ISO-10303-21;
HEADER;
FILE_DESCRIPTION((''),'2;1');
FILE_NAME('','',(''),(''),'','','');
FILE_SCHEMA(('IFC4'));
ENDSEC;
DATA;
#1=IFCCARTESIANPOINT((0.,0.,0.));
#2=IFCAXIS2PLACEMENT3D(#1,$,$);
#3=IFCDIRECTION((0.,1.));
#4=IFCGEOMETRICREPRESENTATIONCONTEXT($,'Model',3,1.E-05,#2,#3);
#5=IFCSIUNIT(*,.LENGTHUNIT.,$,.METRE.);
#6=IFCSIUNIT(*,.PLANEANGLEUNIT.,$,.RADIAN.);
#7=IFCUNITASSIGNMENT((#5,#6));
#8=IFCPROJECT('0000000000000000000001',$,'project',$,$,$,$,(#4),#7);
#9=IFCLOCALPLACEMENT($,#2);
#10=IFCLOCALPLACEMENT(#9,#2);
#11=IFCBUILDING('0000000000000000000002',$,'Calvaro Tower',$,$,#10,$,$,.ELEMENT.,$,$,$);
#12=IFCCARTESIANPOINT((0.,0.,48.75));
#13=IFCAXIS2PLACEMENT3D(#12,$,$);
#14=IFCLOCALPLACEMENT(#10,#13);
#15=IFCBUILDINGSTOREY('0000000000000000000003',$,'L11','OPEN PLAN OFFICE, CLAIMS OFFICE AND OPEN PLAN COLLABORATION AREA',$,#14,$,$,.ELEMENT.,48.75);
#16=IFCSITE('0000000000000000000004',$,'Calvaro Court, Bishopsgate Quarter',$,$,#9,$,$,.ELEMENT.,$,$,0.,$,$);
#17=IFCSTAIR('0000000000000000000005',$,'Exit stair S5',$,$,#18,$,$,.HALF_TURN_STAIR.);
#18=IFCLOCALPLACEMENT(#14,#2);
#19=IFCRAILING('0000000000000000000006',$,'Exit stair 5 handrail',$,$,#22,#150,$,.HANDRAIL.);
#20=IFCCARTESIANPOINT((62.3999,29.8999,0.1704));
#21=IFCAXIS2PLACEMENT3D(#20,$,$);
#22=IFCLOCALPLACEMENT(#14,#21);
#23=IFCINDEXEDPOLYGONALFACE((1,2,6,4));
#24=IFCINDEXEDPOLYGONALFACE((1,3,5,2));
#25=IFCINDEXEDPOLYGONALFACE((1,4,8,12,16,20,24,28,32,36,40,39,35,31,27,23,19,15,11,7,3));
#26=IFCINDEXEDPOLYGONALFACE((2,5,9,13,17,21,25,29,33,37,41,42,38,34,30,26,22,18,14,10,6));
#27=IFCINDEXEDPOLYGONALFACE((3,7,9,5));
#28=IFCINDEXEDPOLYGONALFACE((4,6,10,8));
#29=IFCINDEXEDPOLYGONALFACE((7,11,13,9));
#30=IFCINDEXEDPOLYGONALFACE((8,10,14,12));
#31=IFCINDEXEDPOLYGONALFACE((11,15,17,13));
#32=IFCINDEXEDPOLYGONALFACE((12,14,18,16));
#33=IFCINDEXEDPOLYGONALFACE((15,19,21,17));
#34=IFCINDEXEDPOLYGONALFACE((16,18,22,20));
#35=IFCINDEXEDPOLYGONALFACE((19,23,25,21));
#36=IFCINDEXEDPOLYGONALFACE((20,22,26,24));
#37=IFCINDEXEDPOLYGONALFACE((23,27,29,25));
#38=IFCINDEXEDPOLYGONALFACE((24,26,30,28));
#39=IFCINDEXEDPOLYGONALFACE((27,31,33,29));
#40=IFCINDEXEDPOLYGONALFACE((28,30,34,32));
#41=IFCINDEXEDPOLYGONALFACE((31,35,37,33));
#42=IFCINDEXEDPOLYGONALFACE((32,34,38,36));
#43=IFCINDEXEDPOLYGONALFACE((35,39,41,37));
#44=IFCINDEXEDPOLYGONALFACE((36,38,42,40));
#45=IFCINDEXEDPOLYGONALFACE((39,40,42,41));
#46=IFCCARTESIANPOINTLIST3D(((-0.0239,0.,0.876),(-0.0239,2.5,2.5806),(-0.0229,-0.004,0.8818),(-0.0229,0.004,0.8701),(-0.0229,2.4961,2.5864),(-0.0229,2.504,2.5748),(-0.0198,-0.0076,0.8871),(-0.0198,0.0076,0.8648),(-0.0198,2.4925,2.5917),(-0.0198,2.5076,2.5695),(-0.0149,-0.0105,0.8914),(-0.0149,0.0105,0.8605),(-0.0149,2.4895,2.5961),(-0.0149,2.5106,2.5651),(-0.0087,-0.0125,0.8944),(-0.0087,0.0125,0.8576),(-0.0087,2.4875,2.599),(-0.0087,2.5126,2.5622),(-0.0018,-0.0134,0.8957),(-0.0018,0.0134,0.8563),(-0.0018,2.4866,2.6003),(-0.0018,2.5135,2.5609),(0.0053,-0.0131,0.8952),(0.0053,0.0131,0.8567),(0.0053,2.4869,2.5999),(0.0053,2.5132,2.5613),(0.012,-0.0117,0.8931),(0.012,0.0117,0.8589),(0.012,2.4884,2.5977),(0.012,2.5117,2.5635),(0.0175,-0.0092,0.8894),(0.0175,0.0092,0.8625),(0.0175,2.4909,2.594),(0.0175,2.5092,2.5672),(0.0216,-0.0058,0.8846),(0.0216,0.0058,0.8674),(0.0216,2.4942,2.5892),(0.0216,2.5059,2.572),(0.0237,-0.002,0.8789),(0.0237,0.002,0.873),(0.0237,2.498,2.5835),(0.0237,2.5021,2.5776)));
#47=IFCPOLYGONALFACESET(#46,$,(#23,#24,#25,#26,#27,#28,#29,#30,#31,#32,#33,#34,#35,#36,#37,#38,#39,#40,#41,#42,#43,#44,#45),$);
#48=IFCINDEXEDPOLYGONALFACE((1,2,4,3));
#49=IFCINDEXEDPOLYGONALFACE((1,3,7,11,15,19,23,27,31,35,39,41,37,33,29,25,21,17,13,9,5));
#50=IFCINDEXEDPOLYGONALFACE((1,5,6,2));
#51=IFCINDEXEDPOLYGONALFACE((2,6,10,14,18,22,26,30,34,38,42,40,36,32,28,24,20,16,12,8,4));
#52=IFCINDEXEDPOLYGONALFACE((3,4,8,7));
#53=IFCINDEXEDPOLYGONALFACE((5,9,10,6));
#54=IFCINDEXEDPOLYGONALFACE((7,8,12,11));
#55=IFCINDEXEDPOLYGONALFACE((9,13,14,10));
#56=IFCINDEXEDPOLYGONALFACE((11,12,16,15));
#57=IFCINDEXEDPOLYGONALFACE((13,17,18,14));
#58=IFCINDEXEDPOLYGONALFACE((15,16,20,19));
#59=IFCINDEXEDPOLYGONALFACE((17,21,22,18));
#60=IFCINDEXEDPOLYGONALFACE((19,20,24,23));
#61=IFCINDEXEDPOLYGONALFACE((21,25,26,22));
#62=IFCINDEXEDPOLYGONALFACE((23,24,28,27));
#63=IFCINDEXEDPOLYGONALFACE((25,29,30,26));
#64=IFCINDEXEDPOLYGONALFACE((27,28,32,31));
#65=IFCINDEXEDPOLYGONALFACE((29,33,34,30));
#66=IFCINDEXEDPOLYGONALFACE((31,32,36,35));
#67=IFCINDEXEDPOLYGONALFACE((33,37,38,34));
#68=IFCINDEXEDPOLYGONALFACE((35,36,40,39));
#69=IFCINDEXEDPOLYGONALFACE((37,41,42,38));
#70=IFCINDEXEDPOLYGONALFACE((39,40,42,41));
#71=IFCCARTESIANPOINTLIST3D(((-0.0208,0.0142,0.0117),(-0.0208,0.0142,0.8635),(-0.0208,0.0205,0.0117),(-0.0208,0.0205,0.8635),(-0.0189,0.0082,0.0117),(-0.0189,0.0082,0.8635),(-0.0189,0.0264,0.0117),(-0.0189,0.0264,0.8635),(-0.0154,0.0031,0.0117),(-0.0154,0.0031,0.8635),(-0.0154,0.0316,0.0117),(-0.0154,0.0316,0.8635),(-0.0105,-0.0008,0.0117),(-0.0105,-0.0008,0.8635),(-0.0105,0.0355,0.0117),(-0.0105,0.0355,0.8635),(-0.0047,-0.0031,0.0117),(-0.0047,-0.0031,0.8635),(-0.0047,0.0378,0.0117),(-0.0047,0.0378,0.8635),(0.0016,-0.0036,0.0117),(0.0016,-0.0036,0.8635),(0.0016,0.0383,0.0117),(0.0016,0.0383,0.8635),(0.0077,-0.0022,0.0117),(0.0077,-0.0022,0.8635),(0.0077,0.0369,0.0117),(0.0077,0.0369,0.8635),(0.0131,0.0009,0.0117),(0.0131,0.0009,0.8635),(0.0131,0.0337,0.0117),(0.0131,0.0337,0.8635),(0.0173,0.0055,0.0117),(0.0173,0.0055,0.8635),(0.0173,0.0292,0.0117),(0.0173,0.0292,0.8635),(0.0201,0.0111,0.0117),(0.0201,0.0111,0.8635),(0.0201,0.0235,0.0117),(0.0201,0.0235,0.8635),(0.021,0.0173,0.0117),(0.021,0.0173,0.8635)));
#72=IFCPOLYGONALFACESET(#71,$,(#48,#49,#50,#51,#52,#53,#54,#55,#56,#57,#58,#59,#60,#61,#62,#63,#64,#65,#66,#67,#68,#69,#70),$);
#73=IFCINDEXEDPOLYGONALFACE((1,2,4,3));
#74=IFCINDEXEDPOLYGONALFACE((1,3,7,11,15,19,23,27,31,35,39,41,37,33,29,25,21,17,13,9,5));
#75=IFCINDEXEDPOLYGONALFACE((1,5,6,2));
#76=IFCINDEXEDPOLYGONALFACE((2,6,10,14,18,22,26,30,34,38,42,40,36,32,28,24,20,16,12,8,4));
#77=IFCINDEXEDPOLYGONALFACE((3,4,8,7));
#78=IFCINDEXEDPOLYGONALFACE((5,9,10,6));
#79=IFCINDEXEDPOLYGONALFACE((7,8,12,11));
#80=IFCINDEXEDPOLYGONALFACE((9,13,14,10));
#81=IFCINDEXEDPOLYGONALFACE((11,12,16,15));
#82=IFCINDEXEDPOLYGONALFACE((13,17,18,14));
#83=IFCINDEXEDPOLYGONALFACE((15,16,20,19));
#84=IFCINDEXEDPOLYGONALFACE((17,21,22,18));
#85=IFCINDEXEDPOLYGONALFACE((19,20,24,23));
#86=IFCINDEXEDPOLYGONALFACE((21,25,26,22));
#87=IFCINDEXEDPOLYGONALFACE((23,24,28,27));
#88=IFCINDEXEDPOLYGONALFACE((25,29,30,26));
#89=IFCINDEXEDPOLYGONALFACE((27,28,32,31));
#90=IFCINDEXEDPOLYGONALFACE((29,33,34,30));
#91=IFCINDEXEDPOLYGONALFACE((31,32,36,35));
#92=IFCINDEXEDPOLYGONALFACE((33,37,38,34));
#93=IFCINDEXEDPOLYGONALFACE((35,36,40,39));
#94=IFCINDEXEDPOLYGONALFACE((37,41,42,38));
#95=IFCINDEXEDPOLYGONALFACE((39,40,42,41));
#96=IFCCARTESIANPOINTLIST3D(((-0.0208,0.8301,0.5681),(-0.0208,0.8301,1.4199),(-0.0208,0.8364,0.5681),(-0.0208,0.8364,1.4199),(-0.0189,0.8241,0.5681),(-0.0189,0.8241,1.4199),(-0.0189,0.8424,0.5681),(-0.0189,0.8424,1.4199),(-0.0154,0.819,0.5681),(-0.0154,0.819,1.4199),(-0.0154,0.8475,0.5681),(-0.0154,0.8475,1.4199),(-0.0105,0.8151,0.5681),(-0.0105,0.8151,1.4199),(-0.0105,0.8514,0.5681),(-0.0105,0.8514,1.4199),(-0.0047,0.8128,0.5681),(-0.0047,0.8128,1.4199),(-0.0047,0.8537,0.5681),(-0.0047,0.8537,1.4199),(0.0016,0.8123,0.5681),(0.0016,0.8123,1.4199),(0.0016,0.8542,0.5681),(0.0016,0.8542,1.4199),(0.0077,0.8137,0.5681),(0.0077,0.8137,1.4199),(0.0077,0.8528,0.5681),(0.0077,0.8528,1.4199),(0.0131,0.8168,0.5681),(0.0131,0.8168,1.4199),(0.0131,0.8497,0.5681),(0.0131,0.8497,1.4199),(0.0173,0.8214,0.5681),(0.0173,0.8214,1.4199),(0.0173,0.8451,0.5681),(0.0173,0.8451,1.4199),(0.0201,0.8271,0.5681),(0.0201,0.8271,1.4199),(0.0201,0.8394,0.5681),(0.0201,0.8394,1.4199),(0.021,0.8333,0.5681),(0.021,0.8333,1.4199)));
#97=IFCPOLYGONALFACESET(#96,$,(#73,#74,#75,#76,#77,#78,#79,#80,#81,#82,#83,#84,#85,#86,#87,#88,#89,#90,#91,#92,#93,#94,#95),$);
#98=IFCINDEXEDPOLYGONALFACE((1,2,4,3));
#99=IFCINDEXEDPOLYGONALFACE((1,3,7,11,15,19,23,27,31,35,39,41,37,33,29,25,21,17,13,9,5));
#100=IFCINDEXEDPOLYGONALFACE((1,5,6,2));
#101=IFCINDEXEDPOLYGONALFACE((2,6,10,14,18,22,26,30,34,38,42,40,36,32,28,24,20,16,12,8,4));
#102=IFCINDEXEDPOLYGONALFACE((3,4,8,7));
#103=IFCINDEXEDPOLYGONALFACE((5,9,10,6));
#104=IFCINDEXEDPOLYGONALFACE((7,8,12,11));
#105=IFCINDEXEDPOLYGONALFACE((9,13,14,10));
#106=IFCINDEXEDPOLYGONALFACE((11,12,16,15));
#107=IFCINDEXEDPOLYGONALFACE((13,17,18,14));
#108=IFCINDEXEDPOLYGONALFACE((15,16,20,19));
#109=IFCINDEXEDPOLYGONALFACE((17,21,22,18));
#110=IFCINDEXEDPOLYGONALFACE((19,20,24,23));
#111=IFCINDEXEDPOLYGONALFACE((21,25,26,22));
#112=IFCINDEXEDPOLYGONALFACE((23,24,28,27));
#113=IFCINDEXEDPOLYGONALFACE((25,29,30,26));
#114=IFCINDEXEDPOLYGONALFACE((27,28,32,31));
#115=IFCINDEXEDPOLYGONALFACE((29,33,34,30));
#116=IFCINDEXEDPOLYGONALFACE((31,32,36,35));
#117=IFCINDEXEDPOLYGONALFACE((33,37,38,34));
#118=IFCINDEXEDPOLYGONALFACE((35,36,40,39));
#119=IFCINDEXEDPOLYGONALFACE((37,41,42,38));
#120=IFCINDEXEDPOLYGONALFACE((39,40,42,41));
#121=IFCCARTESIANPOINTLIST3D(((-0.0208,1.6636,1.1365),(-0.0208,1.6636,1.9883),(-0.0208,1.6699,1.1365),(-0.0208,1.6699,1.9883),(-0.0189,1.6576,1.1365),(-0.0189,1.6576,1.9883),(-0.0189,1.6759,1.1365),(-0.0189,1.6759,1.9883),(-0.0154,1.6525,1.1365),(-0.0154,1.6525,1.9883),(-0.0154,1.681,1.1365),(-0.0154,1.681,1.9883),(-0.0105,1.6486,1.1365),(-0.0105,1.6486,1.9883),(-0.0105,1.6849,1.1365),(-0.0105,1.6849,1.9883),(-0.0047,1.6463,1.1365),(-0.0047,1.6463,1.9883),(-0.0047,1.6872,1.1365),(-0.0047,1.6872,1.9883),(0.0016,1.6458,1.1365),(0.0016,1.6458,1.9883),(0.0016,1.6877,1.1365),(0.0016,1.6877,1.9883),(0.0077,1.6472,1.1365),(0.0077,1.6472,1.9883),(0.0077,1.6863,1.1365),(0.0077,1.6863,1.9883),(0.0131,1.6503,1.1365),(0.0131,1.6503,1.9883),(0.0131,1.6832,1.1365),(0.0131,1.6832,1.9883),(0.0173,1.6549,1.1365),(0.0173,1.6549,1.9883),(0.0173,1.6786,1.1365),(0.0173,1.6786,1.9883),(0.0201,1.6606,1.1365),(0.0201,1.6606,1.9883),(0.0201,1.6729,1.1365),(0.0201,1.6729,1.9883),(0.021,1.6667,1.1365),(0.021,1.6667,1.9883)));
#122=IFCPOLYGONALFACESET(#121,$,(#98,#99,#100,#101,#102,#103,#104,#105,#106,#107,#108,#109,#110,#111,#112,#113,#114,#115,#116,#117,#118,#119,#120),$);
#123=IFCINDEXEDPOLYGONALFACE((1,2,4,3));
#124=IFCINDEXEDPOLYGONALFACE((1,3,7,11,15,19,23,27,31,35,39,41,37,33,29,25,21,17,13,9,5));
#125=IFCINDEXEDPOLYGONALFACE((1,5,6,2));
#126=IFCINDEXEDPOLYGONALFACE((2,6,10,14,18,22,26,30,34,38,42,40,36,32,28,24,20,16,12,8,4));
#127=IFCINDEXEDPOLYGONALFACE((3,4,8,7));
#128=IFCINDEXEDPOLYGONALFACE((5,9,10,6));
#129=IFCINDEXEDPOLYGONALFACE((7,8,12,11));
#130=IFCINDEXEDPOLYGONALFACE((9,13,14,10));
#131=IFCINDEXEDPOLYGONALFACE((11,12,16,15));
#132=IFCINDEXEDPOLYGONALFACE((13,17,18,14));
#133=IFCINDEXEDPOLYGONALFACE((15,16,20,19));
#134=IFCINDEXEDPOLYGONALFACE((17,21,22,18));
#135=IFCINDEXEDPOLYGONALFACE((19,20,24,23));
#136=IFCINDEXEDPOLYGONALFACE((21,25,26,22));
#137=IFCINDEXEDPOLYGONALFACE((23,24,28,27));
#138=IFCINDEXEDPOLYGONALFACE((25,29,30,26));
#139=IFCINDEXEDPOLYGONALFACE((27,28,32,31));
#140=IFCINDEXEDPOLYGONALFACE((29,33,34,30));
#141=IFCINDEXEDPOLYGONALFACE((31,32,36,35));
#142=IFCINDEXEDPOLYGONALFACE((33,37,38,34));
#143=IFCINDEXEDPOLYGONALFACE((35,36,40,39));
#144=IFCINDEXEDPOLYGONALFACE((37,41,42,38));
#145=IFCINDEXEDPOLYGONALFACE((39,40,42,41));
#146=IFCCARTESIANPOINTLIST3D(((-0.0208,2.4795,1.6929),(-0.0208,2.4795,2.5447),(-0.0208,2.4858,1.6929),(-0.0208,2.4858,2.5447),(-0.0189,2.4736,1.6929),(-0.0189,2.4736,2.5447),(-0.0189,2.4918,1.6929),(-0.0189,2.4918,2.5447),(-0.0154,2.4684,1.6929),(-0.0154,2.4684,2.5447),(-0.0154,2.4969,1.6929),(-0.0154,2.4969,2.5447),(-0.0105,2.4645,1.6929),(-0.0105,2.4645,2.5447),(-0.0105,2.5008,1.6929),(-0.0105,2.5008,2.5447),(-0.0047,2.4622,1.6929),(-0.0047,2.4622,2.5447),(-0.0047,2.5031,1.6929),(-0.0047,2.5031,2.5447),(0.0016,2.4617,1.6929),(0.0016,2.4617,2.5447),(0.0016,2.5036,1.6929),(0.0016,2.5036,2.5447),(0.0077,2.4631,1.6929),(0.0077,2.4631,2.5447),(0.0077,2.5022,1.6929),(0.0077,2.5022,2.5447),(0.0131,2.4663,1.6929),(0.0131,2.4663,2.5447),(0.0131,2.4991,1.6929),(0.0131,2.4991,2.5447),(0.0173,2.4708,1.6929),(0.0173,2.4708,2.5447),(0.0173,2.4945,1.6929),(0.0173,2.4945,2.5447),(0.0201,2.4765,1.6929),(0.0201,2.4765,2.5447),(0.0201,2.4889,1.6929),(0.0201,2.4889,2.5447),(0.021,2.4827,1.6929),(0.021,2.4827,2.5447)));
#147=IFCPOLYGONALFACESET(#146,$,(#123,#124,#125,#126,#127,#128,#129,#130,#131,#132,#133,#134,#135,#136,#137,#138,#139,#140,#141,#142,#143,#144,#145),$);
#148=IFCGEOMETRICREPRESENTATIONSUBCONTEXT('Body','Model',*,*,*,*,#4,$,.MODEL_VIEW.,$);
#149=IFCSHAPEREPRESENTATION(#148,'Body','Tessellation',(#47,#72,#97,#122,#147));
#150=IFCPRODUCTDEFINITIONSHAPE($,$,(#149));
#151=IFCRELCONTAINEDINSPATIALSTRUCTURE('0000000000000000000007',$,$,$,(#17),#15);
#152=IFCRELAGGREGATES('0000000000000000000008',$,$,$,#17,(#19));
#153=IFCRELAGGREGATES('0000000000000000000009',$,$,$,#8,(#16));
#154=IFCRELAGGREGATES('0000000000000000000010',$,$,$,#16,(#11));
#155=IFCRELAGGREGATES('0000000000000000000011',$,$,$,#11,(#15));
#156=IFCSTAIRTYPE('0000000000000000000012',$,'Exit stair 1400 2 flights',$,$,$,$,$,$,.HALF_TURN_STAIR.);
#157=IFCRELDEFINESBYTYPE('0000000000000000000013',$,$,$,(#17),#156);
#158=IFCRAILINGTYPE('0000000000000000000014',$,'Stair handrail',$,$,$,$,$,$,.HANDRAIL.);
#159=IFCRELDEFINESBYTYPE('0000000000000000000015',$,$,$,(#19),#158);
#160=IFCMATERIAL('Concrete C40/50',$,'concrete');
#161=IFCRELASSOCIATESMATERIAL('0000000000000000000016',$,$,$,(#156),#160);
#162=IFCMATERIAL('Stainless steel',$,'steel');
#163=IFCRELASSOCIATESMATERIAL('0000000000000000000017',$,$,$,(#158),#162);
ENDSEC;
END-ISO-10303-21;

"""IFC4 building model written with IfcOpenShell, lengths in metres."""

from ifc_helpers import new_model, si_unit, direction, frame, origin, origin_2d, place, context, subcontext, project, spatial, circle, extrude, material, type_object, element, aggregate, save


model = new_model("IFC4")

# Units and contexts
model_context = context("Model", 3, precision=1e-05, world=origin(), true_north=direction((0.0, 1.0)))
body_context = subcontext(model_context, "Body", "Model", "MODEL_VIEW")
ifc_project = project(units=[si_unit("LENGTHUNIT", "METRE"), si_unit("PLANEANGLEUNIT", "RADIAN")], contexts=[model_context])

# Site, building, storey
site_placement = place(None, origin())
site = spatial("IfcSite", under=ifc_project, at=site_placement, Name="Calvaro Court, Bishopsgate Quarter", CompositionType="ELEMENT", RefElevation=0.0)
building_placement = place(site_placement, origin())
building = spatial("IfcBuilding", under=site, at=building_placement, Name="Calvaro Tower", CompositionType="ELEMENT")
storey_placement = place(building_placement, frame((0.0, 0.0, 48.75)))
storey = spatial("IfcBuildingStorey", under=building, at=storey_placement, Name="L11", Description="OPEN PLAN OFFICE, CLAIMS OFFICE AND OPEN PLAN COLLABORATION AREA", CompositionType="ELEMENT", Elevation=48.75)

# Stair
ifc_material_1 = material(Name="Concrete C40/50", Category="concrete")
stair_type = type_object("IfcStairType", Name="Exit stair 1400 2 flights", PredefinedType="HALF_TURN_STAIR", material=ifc_material_1)
stair_1_placement = place(storey_placement, origin())
stair_1 = element("IfcStair", 1, at=stair_1_placement, inside=storey, type_object=stair_type, Name="Exit stair S5", PredefinedType="HALF_TURN_STAIR")

# Shared definitions
ifc_material_2 = material(Name="Stainless steel", Category="steel")
railing_type = type_object("IfcRailingType", Name="Stair handrail", PredefinedType="HANDRAIL", material=ifc_material_2)

# Railing
railing_1_placement = place(storey_placement, frame((62.3999, 29.8999, 0.1704)))
railing_1 = element("IfcRailing", 2, at=railing_1_placement, type_object=railing_type, Name="Exit stair 5 handrail", PredefinedType="HANDRAIL", context=body_context, shape_type="SweptSolid", body=[
    extrude(circle(Radius=0.0239, at=origin_2d()), frame((0.0, 0.0, 0.876), z_axis=(0.0, 0.826221, 0.563347), x_axis=(-1.0, 0.0, 0.0)), (0.0, 0.0, 1.0), 3.0259),
    extrude(circle(Radius=0.021, at=origin_2d()), frame((0.0, 0.0173, 0.0117)), (0.0, 0.0, 1.0), 0.8518),
    extrude(circle(Radius=0.021, at=origin_2d()), frame((0.0, 0.8333, 0.5681)), (0.0, 0.0, 1.0), 0.8518),
    extrude(circle(Radius=0.021, at=origin_2d()), frame((0.0, 1.6667, 1.1365)), (0.0, 0.0, 1.0), 0.8518),
    extrude(circle(Radius=0.021, at=origin_2d()), frame((0.0, 2.4827, 1.6929)), (0.0, 0.0, 1.0), 0.8518),
])
aggregate(stair_1, [railing_1])

save(model, "model.ifc")
